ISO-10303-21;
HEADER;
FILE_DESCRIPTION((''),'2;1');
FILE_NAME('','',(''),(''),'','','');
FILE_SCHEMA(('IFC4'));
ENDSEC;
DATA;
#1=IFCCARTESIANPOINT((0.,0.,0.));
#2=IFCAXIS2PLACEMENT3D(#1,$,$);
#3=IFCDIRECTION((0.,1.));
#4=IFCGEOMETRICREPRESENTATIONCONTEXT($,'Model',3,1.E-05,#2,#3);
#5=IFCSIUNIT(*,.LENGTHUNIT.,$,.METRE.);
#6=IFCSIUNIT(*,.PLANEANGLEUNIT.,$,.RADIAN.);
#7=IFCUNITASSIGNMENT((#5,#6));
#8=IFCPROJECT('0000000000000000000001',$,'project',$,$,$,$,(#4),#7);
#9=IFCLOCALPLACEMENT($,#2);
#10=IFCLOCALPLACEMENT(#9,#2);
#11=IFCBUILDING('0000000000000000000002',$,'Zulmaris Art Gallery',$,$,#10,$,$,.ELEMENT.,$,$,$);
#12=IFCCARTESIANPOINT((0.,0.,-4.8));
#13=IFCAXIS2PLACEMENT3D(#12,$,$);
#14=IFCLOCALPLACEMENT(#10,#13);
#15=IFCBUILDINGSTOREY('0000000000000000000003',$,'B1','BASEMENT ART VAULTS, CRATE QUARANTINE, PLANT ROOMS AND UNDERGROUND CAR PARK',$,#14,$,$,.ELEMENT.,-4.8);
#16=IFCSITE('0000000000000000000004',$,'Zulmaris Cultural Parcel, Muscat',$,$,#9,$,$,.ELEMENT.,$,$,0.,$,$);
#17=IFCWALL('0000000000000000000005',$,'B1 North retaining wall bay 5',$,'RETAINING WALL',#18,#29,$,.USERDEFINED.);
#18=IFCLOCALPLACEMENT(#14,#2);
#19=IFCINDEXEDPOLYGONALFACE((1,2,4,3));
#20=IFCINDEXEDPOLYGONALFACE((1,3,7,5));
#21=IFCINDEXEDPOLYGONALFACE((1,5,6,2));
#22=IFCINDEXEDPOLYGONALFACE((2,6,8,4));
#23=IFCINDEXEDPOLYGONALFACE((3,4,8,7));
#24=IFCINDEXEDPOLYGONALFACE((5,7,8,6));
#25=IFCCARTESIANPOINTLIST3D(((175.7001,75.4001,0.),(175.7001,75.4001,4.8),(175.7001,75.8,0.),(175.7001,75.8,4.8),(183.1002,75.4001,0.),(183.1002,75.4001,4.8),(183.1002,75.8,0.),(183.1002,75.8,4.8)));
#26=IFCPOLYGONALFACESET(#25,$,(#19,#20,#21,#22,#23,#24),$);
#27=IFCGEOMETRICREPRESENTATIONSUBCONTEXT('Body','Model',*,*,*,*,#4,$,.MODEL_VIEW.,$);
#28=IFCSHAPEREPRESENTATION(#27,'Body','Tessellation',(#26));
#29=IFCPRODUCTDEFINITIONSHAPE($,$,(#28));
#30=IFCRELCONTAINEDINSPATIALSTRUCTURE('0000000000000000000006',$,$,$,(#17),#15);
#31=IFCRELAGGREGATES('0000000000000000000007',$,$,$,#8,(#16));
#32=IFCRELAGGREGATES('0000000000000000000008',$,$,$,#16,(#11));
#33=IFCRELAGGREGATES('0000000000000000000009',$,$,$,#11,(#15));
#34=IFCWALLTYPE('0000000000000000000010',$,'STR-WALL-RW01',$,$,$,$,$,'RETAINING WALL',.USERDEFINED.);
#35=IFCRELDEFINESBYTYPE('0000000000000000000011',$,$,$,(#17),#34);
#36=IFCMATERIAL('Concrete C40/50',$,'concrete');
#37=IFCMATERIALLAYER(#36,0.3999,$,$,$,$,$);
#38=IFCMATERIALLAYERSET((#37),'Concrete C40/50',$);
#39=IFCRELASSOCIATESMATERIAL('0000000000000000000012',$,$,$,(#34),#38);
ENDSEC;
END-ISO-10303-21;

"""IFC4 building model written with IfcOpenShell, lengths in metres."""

from ifc_helpers import new_model, si_unit, direction, frame, frame_2d, origin, place, context, subcontext, project, spatial, rectangle, extrude, material, layer, layer_set, type_object, element, save


model = new_model("IFC4")

# Units and contexts
model_context = context("Model", 3, precision=1e-05, world=origin(), true_north=direction((0.0, 1.0)))
body_context = subcontext(model_context, "Body", "Model", "MODEL_VIEW")
ifc_project = project(units=[si_unit("LENGTHUNIT", "METRE"), si_unit("PLANEANGLEUNIT", "RADIAN")], contexts=[model_context])

# Site, building, storey
site_placement = place(None, origin())
site = spatial("IfcSite", under=ifc_project, at=site_placement, Name="Zulmaris Cultural Parcel, Muscat", CompositionType="ELEMENT", RefElevation=0.0)
building_placement = place(site_placement, origin())
building = spatial("IfcBuilding", under=site, at=building_placement, Name="Zulmaris Art Gallery", CompositionType="ELEMENT")
storey_placement = place(building_placement, frame((0.0, 0.0, -4.8)))
storey = spatial("IfcBuildingStorey", under=building, at=storey_placement, Name="B1", Description="BASEMENT ART VAULTS, CRATE QUARANTINE, PLANT ROOMS AND UNDERGROUND CAR PARK", CompositionType="ELEMENT", Elevation=-4.8)

# Shared definitions
ifc_material_1 = material(Name="Concrete C40/50", Category="concrete")

# Wall
ifc_layer_1 = layer(ifc_material_1, 0.3999)
ifc_layer_set_1 = layer_set([ifc_layer_1], Name="Concrete C40/50")
wall_type_1 = type_object("IfcWallType", Name="STR-WALL-RW01", ElementType="RETAINING WALL", PredefinedType="USERDEFINED", material=ifc_layer_set_1)
wall_1_placement = place(storey_placement, frame((175.7, 75.6001, 0.0), z_axis=(0.0, 0.0, 1.0), x_axis=(1.0, 0.0, 0.0)))
element("IfcWall", 1, at=wall_1_placement, inside=storey, type_object=wall_type_1, Name="B1 North retaining wall bay 5", ObjectType="RETAINING WALL", PredefinedType="USERDEFINED", context=body_context, shape_type="SweptSolid", body=[
    extrude(rectangle(XDim=7.4001, YDim=0.3999, at=frame_2d((3.7002, 0.0))), origin(), (0.0, 0.0, 1.0), 4.8),
])

save(model, "model.ifc")
